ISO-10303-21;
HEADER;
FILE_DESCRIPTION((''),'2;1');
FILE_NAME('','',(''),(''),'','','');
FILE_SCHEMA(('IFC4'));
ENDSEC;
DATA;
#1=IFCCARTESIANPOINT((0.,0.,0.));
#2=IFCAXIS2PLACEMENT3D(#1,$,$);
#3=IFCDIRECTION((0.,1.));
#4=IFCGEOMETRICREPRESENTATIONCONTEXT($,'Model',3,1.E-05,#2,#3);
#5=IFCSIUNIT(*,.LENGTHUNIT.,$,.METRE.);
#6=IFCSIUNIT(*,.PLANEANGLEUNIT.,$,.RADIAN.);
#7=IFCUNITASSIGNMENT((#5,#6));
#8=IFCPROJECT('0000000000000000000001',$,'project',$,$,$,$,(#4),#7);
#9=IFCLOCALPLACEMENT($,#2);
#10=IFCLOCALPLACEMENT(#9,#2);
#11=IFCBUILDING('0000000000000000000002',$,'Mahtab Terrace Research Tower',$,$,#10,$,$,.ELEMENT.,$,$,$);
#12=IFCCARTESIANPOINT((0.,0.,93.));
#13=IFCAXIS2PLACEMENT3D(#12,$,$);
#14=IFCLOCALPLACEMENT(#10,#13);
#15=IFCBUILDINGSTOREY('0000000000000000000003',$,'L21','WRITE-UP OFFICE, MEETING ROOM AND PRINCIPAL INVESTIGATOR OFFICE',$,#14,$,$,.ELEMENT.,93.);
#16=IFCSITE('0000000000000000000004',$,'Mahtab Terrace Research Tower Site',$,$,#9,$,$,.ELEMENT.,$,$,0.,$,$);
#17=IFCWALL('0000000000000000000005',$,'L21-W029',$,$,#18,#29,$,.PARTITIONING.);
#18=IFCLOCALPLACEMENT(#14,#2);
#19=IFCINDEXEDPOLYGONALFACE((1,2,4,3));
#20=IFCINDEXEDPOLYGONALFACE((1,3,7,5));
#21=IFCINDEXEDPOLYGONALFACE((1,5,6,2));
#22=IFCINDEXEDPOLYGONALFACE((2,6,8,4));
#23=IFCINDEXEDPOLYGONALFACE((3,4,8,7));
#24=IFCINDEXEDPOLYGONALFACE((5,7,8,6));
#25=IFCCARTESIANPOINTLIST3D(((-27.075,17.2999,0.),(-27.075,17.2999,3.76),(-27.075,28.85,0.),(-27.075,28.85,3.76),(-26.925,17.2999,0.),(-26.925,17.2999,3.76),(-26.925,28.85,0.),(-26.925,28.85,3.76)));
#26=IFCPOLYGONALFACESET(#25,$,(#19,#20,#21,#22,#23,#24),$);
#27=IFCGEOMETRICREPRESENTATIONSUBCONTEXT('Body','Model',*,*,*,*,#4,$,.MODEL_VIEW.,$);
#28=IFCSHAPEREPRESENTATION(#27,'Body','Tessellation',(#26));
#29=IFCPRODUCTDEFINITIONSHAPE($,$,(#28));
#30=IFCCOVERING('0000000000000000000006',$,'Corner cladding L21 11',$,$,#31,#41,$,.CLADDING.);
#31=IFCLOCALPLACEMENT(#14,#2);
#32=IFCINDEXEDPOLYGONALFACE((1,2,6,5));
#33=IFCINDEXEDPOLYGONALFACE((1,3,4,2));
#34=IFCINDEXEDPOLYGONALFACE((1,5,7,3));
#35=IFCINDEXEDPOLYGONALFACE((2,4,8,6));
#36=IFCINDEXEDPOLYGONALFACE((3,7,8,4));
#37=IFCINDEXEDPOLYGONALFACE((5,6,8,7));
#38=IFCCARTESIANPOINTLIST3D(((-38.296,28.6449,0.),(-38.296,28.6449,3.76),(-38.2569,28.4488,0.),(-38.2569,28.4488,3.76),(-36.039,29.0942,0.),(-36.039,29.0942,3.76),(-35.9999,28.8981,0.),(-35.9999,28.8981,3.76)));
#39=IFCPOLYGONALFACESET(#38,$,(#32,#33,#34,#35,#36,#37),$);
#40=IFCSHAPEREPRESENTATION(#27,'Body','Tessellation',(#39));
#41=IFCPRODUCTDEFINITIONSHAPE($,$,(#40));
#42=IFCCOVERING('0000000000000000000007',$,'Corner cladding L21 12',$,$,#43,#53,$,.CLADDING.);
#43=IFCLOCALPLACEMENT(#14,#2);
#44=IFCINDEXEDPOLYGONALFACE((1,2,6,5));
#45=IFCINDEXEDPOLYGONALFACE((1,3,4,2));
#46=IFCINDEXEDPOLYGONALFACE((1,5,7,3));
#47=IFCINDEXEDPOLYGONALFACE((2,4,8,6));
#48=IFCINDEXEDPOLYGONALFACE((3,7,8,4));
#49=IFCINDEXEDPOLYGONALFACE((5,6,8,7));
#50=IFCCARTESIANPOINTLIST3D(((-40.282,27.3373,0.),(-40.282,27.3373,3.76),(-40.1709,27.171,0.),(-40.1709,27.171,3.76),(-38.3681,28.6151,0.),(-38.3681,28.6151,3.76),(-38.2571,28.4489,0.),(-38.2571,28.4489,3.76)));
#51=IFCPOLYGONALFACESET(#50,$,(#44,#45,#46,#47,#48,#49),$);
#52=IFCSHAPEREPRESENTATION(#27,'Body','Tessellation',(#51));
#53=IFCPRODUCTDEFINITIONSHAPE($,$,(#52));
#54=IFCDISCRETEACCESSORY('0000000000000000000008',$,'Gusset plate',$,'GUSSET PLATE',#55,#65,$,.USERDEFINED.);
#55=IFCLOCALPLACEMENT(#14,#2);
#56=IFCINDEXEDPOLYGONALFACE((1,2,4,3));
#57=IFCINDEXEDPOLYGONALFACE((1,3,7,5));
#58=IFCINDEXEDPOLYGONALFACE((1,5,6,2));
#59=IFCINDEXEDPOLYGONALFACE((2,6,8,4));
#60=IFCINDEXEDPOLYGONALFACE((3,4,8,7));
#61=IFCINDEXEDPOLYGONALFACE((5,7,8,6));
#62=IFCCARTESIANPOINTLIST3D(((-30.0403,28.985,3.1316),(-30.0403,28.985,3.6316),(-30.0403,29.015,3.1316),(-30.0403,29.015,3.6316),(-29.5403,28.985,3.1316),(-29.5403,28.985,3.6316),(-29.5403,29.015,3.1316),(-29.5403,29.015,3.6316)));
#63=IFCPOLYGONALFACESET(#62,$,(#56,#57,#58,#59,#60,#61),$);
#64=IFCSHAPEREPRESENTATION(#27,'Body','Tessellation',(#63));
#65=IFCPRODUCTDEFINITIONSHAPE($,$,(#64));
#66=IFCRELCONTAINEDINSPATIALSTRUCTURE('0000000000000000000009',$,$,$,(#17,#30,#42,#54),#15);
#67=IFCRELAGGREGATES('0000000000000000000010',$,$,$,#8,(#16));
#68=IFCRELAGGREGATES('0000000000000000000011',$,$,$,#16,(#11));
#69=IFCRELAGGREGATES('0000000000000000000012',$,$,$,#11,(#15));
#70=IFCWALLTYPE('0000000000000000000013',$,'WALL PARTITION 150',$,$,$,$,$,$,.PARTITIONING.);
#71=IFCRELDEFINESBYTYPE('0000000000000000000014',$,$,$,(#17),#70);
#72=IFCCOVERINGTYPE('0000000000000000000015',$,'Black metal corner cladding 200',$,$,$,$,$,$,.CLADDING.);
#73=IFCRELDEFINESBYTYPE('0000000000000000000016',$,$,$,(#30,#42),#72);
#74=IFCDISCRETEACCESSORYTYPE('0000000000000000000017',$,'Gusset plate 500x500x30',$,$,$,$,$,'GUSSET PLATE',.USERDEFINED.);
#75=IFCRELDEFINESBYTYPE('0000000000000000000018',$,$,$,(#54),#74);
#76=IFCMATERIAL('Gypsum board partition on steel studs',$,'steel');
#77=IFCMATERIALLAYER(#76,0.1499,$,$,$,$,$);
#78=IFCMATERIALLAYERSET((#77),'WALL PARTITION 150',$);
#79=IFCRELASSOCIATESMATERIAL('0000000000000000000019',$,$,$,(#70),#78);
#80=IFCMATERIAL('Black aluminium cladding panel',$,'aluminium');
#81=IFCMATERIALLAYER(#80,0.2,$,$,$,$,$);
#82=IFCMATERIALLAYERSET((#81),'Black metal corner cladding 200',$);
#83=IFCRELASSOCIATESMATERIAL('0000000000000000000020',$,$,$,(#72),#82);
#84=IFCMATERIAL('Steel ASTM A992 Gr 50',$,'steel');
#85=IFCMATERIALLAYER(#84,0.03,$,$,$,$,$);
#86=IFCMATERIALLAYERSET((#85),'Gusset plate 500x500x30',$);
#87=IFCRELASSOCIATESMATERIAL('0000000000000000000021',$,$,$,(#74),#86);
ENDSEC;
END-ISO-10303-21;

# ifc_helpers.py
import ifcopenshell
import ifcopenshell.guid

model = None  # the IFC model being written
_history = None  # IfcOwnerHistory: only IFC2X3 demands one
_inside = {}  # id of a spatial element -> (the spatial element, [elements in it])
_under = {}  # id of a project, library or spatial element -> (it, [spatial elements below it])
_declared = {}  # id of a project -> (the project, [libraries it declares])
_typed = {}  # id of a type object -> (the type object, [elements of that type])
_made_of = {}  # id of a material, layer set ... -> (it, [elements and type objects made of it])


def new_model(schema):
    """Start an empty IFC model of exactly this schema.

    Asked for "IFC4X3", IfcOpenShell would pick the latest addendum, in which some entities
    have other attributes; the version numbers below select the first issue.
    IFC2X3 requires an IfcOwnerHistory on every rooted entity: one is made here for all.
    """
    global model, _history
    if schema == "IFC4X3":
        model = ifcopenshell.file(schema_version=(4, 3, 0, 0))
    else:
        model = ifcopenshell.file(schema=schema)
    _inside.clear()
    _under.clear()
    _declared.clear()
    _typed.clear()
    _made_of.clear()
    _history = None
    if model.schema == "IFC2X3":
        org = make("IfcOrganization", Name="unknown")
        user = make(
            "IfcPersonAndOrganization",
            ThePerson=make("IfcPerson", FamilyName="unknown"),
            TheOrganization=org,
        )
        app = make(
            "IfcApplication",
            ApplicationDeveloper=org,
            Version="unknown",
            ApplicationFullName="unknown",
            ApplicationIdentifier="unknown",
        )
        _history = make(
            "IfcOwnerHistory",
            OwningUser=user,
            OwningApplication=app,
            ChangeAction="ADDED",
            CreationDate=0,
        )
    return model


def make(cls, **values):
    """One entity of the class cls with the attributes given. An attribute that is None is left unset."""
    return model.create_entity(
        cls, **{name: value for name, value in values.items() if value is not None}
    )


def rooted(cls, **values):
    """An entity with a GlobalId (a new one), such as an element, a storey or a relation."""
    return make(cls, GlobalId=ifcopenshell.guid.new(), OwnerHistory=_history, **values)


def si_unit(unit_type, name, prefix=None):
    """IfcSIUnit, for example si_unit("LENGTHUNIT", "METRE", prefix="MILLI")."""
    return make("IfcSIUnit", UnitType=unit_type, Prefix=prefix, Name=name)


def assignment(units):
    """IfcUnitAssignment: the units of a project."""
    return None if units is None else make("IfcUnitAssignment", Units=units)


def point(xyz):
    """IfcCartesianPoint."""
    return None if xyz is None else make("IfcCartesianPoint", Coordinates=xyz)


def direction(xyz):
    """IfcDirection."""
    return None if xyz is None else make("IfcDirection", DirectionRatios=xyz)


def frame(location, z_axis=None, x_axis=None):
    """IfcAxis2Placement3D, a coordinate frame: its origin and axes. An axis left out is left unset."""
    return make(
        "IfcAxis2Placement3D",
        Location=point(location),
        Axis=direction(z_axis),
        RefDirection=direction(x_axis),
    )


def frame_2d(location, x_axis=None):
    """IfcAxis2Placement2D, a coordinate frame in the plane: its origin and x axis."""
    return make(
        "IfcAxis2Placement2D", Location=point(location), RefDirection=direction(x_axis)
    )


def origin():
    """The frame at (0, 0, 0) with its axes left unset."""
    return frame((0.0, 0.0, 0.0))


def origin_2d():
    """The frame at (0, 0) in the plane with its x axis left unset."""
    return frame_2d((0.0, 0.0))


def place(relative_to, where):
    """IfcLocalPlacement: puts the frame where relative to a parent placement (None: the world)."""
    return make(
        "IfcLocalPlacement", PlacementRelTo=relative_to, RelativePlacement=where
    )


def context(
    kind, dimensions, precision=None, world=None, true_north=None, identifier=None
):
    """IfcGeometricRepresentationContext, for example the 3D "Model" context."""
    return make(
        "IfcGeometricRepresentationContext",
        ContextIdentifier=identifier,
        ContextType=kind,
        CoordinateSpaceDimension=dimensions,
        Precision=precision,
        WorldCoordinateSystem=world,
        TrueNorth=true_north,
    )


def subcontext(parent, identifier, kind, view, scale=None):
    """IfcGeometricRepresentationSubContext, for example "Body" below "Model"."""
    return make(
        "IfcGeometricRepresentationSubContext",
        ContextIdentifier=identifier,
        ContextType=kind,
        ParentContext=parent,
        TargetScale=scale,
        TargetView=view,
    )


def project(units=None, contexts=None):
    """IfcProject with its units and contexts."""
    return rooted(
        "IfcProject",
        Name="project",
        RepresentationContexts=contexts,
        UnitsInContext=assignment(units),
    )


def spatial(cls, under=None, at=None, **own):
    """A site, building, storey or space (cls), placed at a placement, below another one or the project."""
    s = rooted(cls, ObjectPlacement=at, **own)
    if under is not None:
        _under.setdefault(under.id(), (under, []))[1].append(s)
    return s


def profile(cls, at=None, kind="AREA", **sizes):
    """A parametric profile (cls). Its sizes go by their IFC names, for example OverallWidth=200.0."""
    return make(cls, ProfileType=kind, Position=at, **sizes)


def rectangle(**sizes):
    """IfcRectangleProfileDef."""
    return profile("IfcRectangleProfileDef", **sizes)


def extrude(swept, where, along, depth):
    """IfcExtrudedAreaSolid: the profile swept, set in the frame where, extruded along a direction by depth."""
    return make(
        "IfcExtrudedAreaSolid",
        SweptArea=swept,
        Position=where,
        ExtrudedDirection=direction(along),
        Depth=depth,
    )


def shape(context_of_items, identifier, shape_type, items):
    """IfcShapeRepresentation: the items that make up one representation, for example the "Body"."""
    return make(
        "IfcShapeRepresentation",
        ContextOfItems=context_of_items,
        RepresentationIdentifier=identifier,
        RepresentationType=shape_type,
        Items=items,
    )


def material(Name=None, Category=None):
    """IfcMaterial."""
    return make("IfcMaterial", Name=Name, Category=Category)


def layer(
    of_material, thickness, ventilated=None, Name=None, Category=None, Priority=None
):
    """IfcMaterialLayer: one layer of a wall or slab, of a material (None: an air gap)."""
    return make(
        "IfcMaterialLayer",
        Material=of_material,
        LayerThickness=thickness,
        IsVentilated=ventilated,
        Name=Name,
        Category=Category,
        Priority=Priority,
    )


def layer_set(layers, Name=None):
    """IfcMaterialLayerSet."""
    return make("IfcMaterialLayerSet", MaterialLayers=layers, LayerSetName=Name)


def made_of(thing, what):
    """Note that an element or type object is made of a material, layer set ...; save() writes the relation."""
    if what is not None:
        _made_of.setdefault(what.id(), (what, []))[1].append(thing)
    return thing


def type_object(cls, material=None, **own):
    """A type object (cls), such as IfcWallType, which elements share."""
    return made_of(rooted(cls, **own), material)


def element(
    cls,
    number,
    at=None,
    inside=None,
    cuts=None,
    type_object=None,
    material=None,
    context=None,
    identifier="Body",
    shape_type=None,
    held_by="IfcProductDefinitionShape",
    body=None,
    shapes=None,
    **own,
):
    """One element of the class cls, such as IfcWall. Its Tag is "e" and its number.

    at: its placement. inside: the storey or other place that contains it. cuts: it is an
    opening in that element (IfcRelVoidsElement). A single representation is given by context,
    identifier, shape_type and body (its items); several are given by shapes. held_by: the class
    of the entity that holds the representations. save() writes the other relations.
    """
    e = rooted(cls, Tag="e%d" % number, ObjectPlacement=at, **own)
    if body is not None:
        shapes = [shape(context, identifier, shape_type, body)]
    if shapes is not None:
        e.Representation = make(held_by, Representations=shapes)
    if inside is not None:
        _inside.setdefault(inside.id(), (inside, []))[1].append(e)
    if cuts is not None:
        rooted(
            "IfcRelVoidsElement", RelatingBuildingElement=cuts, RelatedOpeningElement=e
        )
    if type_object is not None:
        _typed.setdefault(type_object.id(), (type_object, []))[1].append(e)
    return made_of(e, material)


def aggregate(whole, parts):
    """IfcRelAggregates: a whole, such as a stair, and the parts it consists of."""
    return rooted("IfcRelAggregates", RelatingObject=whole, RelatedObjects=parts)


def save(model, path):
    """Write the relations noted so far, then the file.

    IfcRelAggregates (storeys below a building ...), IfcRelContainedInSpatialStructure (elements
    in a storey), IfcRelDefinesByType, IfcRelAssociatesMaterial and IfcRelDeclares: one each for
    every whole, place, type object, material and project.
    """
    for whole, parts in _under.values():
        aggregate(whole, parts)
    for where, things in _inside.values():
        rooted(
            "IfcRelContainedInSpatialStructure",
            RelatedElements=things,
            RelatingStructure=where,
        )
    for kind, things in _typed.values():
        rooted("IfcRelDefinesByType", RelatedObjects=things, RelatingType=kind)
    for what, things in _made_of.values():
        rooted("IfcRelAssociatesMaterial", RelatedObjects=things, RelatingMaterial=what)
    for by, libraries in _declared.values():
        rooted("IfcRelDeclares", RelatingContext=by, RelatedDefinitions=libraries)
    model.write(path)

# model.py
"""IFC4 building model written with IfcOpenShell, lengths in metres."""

from ifc_helpers import new_model, si_unit, direction, frame, frame_2d, origin, origin_2d, place, context, subcontext, project, spatial, rectangle, extrude, material, layer, layer_set, type_object, element, save


model = new_model("IFC4")

# Units and contexts
model_context = context("Model", 3, precision=1e-05, world=origin(), true_north=direction((0.0, 1.0)))
body_context = subcontext(model_context, "Body", "Model", "MODEL_VIEW")
ifc_project = project(units=[si_unit("LENGTHUNIT", "METRE"), si_unit("PLANEANGLEUNIT", "RADIAN")], contexts=[model_context])

# Site, building, storey
site_placement = place(None, origin())
site = spatial("IfcSite", under=ifc_project, at=site_placement, Name="Mahtab Terrace Research Tower Site", CompositionType="ELEMENT", RefElevation=0.0)
building_placement = place(site_placement, origin())
building = spatial("IfcBuilding", under=site, at=building_placement, Name="Mahtab Terrace Research Tower", CompositionType="ELEMENT")
storey_placement = place(building_placement, frame((0.0, 0.0, 93.0)))
storey = spatial("IfcBuildingStorey", under=building, at=storey_placement, Name="L21", Description="WRITE-UP OFFICE, MEETING ROOM AND PRINCIPAL INVESTIGATOR OFFICE", CompositionType="ELEMENT", Elevation=93.0)

# Shared definitions
ifc_material_1 = material(Name="Steel ASTM A992 Gr 50", Category="steel")

# Shared definitions
ifc_material_2 = material(Name="Black aluminium cladding panel", Category="aluminium")

# Wall
ifc_material_3 = material(Name="Gypsum board partition on steel studs", Category="steel")
ifc_layer_1 = layer(ifc_material_3, 0.1499)
ifc_layer_set_1 = layer_set([ifc_layer_1], Name="WALL PARTITION 150")
wall_type_1 = type_object("IfcWallType", Name="WALL PARTITION 150", PredefinedType="PARTITIONING", material=ifc_layer_set_1)
for number, where, z_axis, x_axis, name in (
    (1, (-27.0, 17.3, 0.0), (0.0, 0.0, 1.0), (0.0, 1.0, 0.0), "L21-W029"),
):
    element("IfcWall", number, at=place(storey_placement, frame(where, z_axis=z_axis, x_axis=x_axis)), inside=storey, type_object=wall_type_1, Name=name, PredefinedType="PARTITIONING", context=body_context, shape_type="SweptSolid", body=[
        extrude(rectangle(XDim=11.55, YDim=0.1499, at=frame_2d((5.7749, 0.0))), origin(), (0.0, 0.0, 1.0), 3.76),
    ])

# Coverings
ifc_layer_2 = layer(ifc_material_2, 0.2)
ifc_layer_set_2 = layer_set([ifc_layer_2], Name="Black metal corner cladding 200")
covering_type = type_object("IfcCoveringType", Name="Black metal corner cladding 200", PredefinedType="CLADDING", material=ifc_layer_set_2)
for number, where, z_axis, x_axis, name in (
    (2, (-37.1479, 28.7715, 0.0), (0.0, 0.0, 1.0), (-0.980761, -0.195212, 0.0), "Corner cladding L21 11"),
    (3, (-39.2695, 27.8931, 0.0), (0.0, 0.0, 1.0), (-0.831656, -0.555291, 0.0), "Corner cladding L21 12"),
):
    element("IfcCovering", number, at=place(storey_placement, frame(where, z_axis=z_axis, x_axis=x_axis)), inside=storey, type_object=covering_type, Name=name, PredefinedType="CLADDING", context=body_context, shape_type="SweptSolid", body=[
        extrude(rectangle(XDim=2.3013, YDim=0.2, at=origin_2d()), origin(), (0.0, 0.0, 1.0), 3.76),
    ])

# Discrete accessory
ifc_layer_3 = layer(ifc_material_1, 0.03)
ifc_layer_set_3 = layer_set([ifc_layer_3], Name="Gusset plate 500x500x30")
discrete_accessory_type = type_object("IfcDiscreteAccessoryType", Name="Gusset plate 500x500x30", ElementType="GUSSET PLATE", PredefinedType="USERDEFINED", material=ifc_layer_set_3)
discrete_accessory_placement = place(storey_placement, frame((-29.7903, 29.0, 3.1316), z_axis=(0.0, 0.0, 1.0), x_axis=(1.0, 0.0, 0.0)))
element("IfcDiscreteAccessory", 4, at=discrete_accessory_placement, inside=storey, type_object=discrete_accessory_type, Name="Gusset plate", ObjectType="GUSSET PLATE", PredefinedType="USERDEFINED", context=body_context, shape_type="SweptSolid", body=[
    extrude(rectangle(XDim=0.5, YDim=0.03, at=origin_2d()), origin(), (0.0, 0.0, 1.0), 0.5),
])

save(model, "model.ifc")
